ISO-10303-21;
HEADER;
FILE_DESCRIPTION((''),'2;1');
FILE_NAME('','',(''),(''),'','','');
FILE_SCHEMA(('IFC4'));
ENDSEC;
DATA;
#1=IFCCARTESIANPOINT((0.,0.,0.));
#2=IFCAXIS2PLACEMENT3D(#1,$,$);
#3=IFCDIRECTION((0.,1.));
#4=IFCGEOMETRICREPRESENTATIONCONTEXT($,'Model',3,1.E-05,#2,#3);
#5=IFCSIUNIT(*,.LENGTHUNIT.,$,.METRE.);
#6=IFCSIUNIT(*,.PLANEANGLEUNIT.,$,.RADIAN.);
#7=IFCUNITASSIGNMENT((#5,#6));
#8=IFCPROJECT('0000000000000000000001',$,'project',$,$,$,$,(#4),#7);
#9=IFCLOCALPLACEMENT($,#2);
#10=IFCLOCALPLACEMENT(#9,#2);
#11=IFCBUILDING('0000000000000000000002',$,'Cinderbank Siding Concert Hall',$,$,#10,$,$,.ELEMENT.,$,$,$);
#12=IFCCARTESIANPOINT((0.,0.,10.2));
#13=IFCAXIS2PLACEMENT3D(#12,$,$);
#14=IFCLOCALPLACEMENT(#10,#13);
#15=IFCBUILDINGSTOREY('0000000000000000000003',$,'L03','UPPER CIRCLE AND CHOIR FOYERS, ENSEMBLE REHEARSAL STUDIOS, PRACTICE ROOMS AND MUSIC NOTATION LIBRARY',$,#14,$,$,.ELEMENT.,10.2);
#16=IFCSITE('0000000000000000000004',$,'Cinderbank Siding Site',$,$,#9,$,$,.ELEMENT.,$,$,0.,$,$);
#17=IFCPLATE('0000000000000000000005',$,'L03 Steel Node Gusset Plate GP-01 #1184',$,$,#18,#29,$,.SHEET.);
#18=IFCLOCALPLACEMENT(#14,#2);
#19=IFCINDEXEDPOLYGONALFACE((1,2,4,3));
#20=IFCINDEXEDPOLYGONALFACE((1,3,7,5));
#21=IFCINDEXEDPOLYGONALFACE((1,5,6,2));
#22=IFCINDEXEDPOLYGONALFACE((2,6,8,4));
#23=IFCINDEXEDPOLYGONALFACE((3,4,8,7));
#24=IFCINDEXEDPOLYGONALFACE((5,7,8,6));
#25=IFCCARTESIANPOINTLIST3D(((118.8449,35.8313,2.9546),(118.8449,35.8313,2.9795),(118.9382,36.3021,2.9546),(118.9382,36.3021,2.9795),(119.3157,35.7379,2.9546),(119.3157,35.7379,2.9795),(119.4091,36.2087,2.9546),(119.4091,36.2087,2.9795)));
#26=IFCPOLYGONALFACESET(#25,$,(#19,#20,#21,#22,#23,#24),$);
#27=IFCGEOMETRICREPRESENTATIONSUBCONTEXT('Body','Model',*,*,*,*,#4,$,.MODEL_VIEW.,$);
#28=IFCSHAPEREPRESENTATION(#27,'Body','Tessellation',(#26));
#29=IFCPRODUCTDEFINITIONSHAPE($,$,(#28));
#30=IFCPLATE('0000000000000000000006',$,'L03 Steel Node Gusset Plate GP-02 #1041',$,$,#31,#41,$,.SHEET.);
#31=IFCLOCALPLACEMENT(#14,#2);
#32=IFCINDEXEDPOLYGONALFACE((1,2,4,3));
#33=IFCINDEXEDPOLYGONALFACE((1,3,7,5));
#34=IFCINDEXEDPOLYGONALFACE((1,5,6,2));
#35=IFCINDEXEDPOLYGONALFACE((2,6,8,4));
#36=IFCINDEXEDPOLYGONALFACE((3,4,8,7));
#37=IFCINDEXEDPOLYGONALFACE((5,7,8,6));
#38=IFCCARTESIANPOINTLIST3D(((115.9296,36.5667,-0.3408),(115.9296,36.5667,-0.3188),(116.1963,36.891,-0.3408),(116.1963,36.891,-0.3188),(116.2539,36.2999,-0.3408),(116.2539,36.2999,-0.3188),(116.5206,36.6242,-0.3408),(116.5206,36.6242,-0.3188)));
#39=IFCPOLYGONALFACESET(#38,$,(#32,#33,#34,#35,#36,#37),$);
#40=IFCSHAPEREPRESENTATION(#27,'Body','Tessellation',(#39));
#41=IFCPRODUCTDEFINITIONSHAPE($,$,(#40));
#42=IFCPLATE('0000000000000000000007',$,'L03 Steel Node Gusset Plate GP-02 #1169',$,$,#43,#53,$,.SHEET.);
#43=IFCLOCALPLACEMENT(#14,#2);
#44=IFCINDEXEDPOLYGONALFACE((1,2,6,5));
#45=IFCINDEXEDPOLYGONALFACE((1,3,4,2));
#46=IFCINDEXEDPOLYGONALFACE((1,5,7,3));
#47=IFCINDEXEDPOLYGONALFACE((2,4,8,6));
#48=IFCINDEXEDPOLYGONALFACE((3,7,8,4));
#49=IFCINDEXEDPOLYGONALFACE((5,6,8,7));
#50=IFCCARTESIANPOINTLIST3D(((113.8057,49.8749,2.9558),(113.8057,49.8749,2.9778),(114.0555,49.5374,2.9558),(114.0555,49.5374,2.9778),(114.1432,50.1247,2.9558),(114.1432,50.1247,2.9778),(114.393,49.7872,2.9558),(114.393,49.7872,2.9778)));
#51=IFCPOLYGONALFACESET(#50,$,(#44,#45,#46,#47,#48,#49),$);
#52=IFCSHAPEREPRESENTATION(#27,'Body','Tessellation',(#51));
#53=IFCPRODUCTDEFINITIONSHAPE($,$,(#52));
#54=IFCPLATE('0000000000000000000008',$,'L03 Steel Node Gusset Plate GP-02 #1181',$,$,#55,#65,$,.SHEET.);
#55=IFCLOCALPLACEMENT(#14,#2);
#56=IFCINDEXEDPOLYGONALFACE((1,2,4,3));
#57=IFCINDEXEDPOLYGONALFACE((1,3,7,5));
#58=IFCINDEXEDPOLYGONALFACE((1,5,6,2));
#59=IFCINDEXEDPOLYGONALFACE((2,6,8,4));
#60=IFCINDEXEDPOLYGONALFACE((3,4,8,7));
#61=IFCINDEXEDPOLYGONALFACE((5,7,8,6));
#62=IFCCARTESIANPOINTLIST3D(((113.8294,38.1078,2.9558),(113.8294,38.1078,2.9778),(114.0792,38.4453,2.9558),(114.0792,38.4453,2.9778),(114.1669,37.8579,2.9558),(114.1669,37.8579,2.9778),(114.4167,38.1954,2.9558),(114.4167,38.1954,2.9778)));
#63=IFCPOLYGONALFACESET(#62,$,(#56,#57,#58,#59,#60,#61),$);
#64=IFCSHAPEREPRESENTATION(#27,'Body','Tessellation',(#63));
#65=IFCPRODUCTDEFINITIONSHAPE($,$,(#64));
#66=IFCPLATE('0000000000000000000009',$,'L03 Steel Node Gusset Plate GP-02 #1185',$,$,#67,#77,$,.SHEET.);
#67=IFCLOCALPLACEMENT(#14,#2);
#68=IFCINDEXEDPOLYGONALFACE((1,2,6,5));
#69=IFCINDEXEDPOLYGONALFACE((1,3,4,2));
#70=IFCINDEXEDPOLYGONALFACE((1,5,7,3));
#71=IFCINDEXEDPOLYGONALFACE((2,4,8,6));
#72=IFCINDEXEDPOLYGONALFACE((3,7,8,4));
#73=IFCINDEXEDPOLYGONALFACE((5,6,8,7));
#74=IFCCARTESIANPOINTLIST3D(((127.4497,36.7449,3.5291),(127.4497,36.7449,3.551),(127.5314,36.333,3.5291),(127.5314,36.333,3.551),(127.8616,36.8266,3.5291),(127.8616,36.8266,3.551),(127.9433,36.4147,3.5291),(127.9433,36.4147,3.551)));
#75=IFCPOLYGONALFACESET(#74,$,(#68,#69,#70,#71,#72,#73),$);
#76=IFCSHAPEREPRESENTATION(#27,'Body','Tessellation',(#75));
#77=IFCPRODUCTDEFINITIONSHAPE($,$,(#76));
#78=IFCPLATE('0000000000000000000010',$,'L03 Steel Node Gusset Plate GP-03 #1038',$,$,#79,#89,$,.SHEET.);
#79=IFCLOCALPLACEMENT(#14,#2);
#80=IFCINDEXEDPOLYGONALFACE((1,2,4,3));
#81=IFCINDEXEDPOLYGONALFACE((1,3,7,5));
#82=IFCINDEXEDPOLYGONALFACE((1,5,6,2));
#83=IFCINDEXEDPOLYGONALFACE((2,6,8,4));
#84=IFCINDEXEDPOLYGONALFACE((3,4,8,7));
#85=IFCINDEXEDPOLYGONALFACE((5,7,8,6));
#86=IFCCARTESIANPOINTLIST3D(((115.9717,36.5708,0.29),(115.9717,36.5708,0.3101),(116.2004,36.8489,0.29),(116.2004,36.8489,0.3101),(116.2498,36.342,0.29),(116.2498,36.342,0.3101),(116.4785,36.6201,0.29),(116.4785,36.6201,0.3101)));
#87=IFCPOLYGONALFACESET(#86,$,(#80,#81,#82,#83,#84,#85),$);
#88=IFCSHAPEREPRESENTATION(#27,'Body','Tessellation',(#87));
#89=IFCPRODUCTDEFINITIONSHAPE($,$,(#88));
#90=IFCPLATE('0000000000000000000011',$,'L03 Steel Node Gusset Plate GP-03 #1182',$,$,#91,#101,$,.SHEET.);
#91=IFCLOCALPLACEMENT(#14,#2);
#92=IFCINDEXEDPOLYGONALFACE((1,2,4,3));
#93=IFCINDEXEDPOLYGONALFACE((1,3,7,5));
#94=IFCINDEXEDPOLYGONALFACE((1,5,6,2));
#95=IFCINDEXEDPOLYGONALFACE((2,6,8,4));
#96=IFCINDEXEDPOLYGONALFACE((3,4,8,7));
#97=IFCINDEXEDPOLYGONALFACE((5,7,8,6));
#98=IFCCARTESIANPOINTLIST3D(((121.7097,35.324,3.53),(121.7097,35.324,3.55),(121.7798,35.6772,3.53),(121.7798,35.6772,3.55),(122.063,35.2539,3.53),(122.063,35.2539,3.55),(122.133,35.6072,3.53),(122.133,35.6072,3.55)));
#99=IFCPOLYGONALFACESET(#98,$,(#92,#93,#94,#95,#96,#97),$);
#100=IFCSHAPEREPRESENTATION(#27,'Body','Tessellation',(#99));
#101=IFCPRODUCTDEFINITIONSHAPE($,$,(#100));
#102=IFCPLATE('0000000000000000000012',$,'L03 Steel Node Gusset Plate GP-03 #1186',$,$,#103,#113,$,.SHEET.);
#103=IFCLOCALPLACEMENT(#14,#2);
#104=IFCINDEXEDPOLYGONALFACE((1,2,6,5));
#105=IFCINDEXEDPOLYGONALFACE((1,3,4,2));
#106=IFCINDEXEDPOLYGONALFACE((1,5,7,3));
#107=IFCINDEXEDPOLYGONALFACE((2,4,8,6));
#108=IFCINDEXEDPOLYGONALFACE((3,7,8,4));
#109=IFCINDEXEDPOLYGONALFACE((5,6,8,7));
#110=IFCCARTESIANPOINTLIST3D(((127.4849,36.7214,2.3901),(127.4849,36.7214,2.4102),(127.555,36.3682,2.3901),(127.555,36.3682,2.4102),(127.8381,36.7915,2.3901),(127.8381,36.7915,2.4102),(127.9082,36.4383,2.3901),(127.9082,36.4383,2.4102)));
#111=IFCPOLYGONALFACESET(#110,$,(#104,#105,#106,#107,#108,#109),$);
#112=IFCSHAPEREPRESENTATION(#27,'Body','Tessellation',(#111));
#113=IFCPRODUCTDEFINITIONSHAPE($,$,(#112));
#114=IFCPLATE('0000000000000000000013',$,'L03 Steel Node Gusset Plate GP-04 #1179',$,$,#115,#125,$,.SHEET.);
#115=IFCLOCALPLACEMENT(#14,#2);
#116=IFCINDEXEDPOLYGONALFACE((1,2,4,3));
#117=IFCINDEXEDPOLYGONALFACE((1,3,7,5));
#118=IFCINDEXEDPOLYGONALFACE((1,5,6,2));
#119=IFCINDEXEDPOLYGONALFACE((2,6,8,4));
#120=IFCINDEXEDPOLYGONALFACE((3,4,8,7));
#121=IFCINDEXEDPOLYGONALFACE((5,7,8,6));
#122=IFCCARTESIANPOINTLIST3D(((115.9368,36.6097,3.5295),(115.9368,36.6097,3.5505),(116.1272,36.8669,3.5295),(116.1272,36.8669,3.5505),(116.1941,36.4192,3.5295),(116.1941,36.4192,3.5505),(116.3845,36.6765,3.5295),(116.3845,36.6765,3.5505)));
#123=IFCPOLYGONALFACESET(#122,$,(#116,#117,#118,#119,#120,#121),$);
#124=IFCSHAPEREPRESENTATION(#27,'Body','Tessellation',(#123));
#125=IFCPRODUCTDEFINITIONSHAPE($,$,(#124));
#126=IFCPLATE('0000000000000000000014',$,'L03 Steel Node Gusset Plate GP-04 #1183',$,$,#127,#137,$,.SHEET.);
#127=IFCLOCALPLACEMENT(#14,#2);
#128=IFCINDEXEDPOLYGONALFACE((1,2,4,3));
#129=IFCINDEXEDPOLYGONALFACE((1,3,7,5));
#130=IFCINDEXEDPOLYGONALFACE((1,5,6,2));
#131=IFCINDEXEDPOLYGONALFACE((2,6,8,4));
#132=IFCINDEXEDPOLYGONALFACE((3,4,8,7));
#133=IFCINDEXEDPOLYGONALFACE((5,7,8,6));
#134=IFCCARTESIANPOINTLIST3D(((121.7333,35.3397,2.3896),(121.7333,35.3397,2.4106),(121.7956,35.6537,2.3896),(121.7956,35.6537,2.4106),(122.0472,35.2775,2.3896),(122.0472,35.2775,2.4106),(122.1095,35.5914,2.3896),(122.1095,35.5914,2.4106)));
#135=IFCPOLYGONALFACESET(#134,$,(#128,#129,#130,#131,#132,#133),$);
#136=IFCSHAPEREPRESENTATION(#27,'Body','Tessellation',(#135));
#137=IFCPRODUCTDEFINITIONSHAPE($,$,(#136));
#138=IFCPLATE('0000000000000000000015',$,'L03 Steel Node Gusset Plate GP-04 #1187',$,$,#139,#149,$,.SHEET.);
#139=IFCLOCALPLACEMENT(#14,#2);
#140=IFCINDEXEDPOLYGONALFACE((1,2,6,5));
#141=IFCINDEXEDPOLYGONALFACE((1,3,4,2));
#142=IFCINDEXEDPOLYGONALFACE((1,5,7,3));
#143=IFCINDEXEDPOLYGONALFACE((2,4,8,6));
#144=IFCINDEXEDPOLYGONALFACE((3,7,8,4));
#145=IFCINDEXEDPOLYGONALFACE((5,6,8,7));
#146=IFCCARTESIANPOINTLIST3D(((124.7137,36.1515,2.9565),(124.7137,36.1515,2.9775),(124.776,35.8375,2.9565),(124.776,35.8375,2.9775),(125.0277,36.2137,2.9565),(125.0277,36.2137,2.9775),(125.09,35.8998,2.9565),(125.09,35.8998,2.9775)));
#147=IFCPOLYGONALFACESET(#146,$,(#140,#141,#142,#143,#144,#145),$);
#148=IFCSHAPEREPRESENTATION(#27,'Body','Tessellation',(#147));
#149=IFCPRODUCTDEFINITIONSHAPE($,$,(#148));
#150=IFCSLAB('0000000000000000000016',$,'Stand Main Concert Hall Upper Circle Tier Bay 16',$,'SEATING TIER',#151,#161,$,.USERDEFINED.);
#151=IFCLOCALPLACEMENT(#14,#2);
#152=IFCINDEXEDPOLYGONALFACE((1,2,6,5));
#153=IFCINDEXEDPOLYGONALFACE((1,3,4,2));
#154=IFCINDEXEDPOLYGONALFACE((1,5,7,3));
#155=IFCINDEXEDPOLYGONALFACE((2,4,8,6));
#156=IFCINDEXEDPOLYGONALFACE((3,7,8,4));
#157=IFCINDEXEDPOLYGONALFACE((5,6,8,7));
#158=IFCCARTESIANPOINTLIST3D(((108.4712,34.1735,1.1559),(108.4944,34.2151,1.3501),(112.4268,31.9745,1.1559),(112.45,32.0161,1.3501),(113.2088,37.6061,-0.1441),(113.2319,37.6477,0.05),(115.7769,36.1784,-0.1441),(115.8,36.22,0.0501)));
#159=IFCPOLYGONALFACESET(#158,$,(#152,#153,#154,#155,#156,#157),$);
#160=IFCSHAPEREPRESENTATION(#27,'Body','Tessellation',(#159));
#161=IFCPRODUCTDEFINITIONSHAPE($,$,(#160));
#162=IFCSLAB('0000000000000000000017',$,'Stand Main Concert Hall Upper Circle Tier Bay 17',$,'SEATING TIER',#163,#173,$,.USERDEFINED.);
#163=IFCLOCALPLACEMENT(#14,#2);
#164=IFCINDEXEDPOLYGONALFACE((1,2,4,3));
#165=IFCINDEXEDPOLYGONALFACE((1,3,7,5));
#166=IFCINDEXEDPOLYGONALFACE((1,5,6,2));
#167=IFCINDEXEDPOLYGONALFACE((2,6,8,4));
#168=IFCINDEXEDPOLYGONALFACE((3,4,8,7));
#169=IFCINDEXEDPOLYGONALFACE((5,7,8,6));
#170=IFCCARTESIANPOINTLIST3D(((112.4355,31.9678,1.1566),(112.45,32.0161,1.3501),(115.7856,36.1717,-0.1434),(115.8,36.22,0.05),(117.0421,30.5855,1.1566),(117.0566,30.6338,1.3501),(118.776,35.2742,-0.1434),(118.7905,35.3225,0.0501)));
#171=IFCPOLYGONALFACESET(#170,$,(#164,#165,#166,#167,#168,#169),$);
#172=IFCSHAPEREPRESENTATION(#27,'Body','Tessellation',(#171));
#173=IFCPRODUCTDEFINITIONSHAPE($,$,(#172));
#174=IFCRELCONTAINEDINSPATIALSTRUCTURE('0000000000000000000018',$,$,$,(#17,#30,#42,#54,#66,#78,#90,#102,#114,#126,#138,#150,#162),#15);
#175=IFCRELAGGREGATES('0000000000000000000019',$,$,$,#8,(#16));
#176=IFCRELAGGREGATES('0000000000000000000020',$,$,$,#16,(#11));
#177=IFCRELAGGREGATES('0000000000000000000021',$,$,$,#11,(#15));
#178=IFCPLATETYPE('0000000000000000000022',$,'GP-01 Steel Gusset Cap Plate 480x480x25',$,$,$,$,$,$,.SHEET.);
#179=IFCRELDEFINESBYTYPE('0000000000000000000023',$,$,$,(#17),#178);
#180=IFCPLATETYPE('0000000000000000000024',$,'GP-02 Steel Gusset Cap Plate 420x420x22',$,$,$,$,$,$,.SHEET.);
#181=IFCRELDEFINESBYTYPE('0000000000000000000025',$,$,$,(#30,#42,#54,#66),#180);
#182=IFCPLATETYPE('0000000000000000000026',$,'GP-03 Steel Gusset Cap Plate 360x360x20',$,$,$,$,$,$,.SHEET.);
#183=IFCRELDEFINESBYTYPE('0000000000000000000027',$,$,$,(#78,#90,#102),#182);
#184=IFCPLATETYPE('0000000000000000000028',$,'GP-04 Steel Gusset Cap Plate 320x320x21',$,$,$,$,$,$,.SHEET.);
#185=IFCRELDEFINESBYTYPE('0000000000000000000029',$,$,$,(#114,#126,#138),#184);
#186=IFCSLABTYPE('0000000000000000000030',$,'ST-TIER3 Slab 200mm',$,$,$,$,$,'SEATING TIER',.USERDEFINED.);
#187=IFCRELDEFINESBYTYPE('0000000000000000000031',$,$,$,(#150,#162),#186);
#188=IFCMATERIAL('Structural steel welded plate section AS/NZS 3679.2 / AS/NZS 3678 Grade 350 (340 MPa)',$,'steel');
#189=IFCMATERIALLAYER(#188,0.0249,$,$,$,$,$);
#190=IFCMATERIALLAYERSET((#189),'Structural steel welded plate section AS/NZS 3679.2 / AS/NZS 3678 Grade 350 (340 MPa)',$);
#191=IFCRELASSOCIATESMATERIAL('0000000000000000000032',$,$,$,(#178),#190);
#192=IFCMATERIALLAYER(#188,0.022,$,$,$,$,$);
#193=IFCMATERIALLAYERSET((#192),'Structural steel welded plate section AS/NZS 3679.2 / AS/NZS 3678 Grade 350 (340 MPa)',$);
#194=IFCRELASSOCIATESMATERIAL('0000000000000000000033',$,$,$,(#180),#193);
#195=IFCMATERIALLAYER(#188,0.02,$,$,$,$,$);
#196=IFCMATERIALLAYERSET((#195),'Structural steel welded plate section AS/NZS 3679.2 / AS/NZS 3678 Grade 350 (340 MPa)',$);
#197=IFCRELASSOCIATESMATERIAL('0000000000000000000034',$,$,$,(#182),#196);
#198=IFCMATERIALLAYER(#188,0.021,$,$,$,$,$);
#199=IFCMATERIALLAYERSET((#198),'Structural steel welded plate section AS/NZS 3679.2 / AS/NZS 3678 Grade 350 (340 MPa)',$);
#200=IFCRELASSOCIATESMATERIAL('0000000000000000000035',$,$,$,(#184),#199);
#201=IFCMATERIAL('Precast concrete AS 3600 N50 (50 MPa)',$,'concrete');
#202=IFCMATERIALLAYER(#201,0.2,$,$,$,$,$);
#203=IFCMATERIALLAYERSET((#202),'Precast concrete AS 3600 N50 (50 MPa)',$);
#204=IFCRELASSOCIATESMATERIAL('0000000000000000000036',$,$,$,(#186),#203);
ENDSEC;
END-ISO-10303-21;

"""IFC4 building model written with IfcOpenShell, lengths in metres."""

from ifc_helpers import new_model, si_unit, direction, frame, origin, origin_2d, place, context, subcontext, project, spatial, polyline, rectangle, outline, extrude, material, layer, layer_set, type_object, element, save


model = new_model("IFC4")

# Units and contexts
model_context = context("Model", 3, precision=1e-05, world=origin(), true_north=direction((0.0, 1.0)))
body_context = subcontext(model_context, "Body", "Model", "MODEL_VIEW")
ifc_project = project(units=[si_unit("LENGTHUNIT", "METRE"), si_unit("PLANEANGLEUNIT", "RADIAN")], contexts=[model_context])

# Site, building, storey
site_placement = place(None, origin())
site = spatial("IfcSite", under=ifc_project, at=site_placement, Name="Cinderbank Siding Site", CompositionType="ELEMENT", RefElevation=0.0)
building_placement = place(site_placement, origin())
building = spatial("IfcBuilding", under=site, at=building_placement, Name="Cinderbank Siding Concert Hall", CompositionType="ELEMENT")
storey_placement = place(building_placement, frame((0.0, 0.0, 10.2)))
storey = spatial("IfcBuildingStorey", under=building, at=storey_placement, Name="L03", Description="UPPER CIRCLE AND CHOIR FOYERS, ENSEMBLE REHEARSAL STUDIOS, PRACTICE ROOMS AND MUSIC NOTATION LIBRARY", CompositionType="ELEMENT", Elevation=10.2)

# Plates
ifc_material_1 = material(Name="Structural steel welded plate section AS/NZS 3679.2 / AS/NZS 3678 Grade 350 (340 MPa)", Category="steel")
ifc_layer_1 = layer(ifc_material_1, 0.0249)
ifc_layer_set_1 = layer_set([ifc_layer_1], Name="Structural steel welded plate section AS/NZS 3679.2 / AS/NZS 3678 Grade 350 (340 MPa)")
plate_type_1 = type_object("IfcPlateType", Name="GP-01 Steel Gusset Cap Plate 480x480x25", PredefinedType="SHEET", material=ifc_layer_set_1)
for number, where, z_axis, x_axis, name in (
    (1, (119.127, 36.02, 2.9546), (0.0, 0.0, 1.0), (-0.980887, 0.194577, 0.0), "L03 Steel Node Gusset Plate GP-01 #1184"),
):
    element("IfcPlate", number, at=place(storey_placement, frame(where, z_axis=z_axis, x_axis=x_axis)), inside=storey, type_object=plate_type_1, Name=name, PredefinedType="SHEET", context=body_context, shape_type="SweptSolid", body=[
        extrude(rectangle(XDim=0.48, YDim=0.48, at=origin_2d()), origin(), (0.0, 0.0, 1.0), 0.0249),
    ])
ifc_layer_2 = layer(ifc_material_1, 0.022)
ifc_layer_set_2 = layer_set([ifc_layer_2], Name="Structural steel welded plate section AS/NZS 3679.2 / AS/NZS 3678 Grade 350 (340 MPa)")
plate_type_2 = type_object("IfcPlateType", Name="GP-02 Steel Gusset Cap Plate 420x420x22", PredefinedType="SHEET", material=ifc_layer_set_2)
for number, where, z_axis, x_axis, name in (
    (2, (116.2251, 36.5955, -0.3408), (0.0, 0.0, 1.0), (0.63527, 0.77229, 0.0), "L03 Steel Node Gusset Plate GP-02 #1041"),
    (3, (114.0994, 49.8311, 2.9558), (0.0, 0.0, 1.0), (0.803753, 0.594963, 0.0), "L03 Steel Node Gusset Plate GP-02 #1169"),
    (4, (114.123, 38.1516, 2.9558), (0.0, 0.0, 1.0), (-0.803753, 0.594963, 0.0), "L03 Steel Node Gusset Plate GP-02 #1181"),
    (5, (127.6965, 36.5798, 3.5291), (0.0, 0.0, 1.0), (0.980887, 0.194577, 0.0), "L03 Steel Node Gusset Plate GP-02 #1185"),
):
    element("IfcPlate", number, at=place(storey_placement, frame(where, z_axis=z_axis, x_axis=x_axis)), inside=storey, type_object=plate_type_2, Name=name, PredefinedType="SHEET", context=body_context, shape_type="SweptSolid", body=[
        extrude(rectangle(XDim=0.4199, YDim=0.4199, at=origin_2d()), origin(), (0.0, 0.0, 1.0), 0.022),
    ])
ifc_layer_3 = layer(ifc_material_1, 0.02)
ifc_layer_set_3 = layer_set([ifc_layer_3], Name="Structural steel welded plate section AS/NZS 3679.2 / AS/NZS 3678 Grade 350 (340 MPa)")
plate_type_3 = type_object("IfcPlateType", Name="GP-03 Steel Gusset Cap Plate 360x360x20", PredefinedType="SHEET", material=ifc_layer_set_3)
for number, where, z_axis, x_axis, name in (
    (6, (116.2251, 36.5955, 0.29), (0.0, 0.0, 1.0), (-0.63527, -0.77229, 0.0), "L03 Steel Node Gusset Plate GP-03 #1038"),
    (7, (121.9214, 35.4656, 3.53), (0.0, 0.0, 1.0), (0.980887, -0.194577, 0.0), "L03 Steel Node Gusset Plate GP-03 #1182"),
    (8, (127.6965, 36.5798, 2.3901), (0.0, 0.0, 1.0), (-0.980887, -0.194577, 0.0), "L03 Steel Node Gusset Plate GP-03 #1186"),
):
    element("IfcPlate", number, at=place(storey_placement, frame(where, z_axis=z_axis, x_axis=x_axis)), inside=storey, type_object=plate_type_3, Name=name, PredefinedType="SHEET", context=body_context, shape_type="SweptSolid", body=[
        extrude(rectangle(XDim=0.3601, YDim=0.3601, at=origin_2d()), origin(), (0.0, 0.0, 1.0), 0.02),
    ])
ifc_layer_4 = layer(ifc_material_1, 0.021)
ifc_layer_set_4 = layer_set([ifc_layer_4], Name="Structural steel welded plate section AS/NZS 3679.2 / AS/NZS 3678 Grade 350 (340 MPa)")
plate_type_4 = type_object("IfcPlateType", Name="GP-04 Steel Gusset Cap Plate 320x320x21", PredefinedType="SHEET", material=ifc_layer_set_4)
for number, where, z_axis, x_axis, name in (
    (9, (116.1606, 36.6431, 3.5295), (0.0, 0.0, 1.0), (0.803753, -0.594963, 0.0), "L03 Steel Node Gusset Plate GP-04 #1179"),
    (10, (121.9214, 35.4656, 2.3896), (0.0, 0.0, 1.0), (-0.980887, 0.194577, 0.0), "L03 Steel Node Gusset Plate GP-04 #1183"),
    (11, (124.9019, 36.0256, 2.9565), (0.0, 0.0, 1.0), (-0.980887, -0.194577, 0.0), "L03 Steel Node Gusset Plate GP-04 #1187"),
):
    element("IfcPlate", number, at=place(storey_placement, frame(where, z_axis=z_axis, x_axis=x_axis)), inside=storey, type_object=plate_type_4, Name=name, PredefinedType="SHEET", context=body_context, shape_type="SweptSolid", body=[
        extrude(rectangle(XDim=0.3201, YDim=0.3201, at=origin_2d()), origin(), (0.0, 0.0, 1.0), 0.021),
    ])

# Slabs
ifc_material_2 = material(Name="Precast concrete AS 3600 N50 (50 MPa)", Category="concrete")
ifc_layer_5 = layer(ifc_material_2, 0.2)
ifc_layer_set_5 = layer_set([ifc_layer_5], Name="Precast concrete AS 3600 N50 (50 MPa)")
slab_type = type_object("IfcSlabType", Name="ST-TIER3 Slab 200mm", ElementType="SEATING TIER", PredefinedType="USERDEFINED", material=ifc_layer_set_5)
slab_1_placement = place(storey_placement, frame((113.2319, 37.6477, 0.05), z_axis=(0.115712, 0.208141, 0.97123), x_axis=(0.874013, -0.485903, 0.000003)))
element("IfcSlab", 12, at=slab_1_placement, inside=storey, type_object=slab_type, Name="Stand Main Concert Hall Upper Circle Tier Bay 16", ObjectType="SEATING TIER", PredefinedType="USERDEFINED", context=body_context, shape_type="SweptSolid", body=[
    extrude(outline(polyline([(0.0, 0.0), (2.9383, 0.0), (2.053, -5.4591), (-2.4728, -5.4592), (0.0, 0.0)])), origin(), (0.0, 0.0, -1.0), 0.2),
])
slab_2_placement = place(storey_placement, frame((115.8, 36.22, 0.05), z_axis=(0.072473, 0.241509, 0.967689), x_axis=(0.957799, -0.28744, 0.000005)))
element("IfcSlab", 13, at=slab_2_placement, inside=storey, type_object=slab_type, Name="Stand Main Concert Hall Upper Circle Tier Bay 17", ObjectType="SEATING TIER", PredefinedType="USERDEFINED", context=body_context, shape_type="SweptSolid", body=[
    extrude(outline(polyline([(0.0, 0.0), (3.1222, 0.0), (2.8093, -5.1558), (-2.0004, -5.156), (0.0, 0.0)])), origin(), (0.0, 0.0, -1.0), 0.2),
])

save(model, "model.ifc")
